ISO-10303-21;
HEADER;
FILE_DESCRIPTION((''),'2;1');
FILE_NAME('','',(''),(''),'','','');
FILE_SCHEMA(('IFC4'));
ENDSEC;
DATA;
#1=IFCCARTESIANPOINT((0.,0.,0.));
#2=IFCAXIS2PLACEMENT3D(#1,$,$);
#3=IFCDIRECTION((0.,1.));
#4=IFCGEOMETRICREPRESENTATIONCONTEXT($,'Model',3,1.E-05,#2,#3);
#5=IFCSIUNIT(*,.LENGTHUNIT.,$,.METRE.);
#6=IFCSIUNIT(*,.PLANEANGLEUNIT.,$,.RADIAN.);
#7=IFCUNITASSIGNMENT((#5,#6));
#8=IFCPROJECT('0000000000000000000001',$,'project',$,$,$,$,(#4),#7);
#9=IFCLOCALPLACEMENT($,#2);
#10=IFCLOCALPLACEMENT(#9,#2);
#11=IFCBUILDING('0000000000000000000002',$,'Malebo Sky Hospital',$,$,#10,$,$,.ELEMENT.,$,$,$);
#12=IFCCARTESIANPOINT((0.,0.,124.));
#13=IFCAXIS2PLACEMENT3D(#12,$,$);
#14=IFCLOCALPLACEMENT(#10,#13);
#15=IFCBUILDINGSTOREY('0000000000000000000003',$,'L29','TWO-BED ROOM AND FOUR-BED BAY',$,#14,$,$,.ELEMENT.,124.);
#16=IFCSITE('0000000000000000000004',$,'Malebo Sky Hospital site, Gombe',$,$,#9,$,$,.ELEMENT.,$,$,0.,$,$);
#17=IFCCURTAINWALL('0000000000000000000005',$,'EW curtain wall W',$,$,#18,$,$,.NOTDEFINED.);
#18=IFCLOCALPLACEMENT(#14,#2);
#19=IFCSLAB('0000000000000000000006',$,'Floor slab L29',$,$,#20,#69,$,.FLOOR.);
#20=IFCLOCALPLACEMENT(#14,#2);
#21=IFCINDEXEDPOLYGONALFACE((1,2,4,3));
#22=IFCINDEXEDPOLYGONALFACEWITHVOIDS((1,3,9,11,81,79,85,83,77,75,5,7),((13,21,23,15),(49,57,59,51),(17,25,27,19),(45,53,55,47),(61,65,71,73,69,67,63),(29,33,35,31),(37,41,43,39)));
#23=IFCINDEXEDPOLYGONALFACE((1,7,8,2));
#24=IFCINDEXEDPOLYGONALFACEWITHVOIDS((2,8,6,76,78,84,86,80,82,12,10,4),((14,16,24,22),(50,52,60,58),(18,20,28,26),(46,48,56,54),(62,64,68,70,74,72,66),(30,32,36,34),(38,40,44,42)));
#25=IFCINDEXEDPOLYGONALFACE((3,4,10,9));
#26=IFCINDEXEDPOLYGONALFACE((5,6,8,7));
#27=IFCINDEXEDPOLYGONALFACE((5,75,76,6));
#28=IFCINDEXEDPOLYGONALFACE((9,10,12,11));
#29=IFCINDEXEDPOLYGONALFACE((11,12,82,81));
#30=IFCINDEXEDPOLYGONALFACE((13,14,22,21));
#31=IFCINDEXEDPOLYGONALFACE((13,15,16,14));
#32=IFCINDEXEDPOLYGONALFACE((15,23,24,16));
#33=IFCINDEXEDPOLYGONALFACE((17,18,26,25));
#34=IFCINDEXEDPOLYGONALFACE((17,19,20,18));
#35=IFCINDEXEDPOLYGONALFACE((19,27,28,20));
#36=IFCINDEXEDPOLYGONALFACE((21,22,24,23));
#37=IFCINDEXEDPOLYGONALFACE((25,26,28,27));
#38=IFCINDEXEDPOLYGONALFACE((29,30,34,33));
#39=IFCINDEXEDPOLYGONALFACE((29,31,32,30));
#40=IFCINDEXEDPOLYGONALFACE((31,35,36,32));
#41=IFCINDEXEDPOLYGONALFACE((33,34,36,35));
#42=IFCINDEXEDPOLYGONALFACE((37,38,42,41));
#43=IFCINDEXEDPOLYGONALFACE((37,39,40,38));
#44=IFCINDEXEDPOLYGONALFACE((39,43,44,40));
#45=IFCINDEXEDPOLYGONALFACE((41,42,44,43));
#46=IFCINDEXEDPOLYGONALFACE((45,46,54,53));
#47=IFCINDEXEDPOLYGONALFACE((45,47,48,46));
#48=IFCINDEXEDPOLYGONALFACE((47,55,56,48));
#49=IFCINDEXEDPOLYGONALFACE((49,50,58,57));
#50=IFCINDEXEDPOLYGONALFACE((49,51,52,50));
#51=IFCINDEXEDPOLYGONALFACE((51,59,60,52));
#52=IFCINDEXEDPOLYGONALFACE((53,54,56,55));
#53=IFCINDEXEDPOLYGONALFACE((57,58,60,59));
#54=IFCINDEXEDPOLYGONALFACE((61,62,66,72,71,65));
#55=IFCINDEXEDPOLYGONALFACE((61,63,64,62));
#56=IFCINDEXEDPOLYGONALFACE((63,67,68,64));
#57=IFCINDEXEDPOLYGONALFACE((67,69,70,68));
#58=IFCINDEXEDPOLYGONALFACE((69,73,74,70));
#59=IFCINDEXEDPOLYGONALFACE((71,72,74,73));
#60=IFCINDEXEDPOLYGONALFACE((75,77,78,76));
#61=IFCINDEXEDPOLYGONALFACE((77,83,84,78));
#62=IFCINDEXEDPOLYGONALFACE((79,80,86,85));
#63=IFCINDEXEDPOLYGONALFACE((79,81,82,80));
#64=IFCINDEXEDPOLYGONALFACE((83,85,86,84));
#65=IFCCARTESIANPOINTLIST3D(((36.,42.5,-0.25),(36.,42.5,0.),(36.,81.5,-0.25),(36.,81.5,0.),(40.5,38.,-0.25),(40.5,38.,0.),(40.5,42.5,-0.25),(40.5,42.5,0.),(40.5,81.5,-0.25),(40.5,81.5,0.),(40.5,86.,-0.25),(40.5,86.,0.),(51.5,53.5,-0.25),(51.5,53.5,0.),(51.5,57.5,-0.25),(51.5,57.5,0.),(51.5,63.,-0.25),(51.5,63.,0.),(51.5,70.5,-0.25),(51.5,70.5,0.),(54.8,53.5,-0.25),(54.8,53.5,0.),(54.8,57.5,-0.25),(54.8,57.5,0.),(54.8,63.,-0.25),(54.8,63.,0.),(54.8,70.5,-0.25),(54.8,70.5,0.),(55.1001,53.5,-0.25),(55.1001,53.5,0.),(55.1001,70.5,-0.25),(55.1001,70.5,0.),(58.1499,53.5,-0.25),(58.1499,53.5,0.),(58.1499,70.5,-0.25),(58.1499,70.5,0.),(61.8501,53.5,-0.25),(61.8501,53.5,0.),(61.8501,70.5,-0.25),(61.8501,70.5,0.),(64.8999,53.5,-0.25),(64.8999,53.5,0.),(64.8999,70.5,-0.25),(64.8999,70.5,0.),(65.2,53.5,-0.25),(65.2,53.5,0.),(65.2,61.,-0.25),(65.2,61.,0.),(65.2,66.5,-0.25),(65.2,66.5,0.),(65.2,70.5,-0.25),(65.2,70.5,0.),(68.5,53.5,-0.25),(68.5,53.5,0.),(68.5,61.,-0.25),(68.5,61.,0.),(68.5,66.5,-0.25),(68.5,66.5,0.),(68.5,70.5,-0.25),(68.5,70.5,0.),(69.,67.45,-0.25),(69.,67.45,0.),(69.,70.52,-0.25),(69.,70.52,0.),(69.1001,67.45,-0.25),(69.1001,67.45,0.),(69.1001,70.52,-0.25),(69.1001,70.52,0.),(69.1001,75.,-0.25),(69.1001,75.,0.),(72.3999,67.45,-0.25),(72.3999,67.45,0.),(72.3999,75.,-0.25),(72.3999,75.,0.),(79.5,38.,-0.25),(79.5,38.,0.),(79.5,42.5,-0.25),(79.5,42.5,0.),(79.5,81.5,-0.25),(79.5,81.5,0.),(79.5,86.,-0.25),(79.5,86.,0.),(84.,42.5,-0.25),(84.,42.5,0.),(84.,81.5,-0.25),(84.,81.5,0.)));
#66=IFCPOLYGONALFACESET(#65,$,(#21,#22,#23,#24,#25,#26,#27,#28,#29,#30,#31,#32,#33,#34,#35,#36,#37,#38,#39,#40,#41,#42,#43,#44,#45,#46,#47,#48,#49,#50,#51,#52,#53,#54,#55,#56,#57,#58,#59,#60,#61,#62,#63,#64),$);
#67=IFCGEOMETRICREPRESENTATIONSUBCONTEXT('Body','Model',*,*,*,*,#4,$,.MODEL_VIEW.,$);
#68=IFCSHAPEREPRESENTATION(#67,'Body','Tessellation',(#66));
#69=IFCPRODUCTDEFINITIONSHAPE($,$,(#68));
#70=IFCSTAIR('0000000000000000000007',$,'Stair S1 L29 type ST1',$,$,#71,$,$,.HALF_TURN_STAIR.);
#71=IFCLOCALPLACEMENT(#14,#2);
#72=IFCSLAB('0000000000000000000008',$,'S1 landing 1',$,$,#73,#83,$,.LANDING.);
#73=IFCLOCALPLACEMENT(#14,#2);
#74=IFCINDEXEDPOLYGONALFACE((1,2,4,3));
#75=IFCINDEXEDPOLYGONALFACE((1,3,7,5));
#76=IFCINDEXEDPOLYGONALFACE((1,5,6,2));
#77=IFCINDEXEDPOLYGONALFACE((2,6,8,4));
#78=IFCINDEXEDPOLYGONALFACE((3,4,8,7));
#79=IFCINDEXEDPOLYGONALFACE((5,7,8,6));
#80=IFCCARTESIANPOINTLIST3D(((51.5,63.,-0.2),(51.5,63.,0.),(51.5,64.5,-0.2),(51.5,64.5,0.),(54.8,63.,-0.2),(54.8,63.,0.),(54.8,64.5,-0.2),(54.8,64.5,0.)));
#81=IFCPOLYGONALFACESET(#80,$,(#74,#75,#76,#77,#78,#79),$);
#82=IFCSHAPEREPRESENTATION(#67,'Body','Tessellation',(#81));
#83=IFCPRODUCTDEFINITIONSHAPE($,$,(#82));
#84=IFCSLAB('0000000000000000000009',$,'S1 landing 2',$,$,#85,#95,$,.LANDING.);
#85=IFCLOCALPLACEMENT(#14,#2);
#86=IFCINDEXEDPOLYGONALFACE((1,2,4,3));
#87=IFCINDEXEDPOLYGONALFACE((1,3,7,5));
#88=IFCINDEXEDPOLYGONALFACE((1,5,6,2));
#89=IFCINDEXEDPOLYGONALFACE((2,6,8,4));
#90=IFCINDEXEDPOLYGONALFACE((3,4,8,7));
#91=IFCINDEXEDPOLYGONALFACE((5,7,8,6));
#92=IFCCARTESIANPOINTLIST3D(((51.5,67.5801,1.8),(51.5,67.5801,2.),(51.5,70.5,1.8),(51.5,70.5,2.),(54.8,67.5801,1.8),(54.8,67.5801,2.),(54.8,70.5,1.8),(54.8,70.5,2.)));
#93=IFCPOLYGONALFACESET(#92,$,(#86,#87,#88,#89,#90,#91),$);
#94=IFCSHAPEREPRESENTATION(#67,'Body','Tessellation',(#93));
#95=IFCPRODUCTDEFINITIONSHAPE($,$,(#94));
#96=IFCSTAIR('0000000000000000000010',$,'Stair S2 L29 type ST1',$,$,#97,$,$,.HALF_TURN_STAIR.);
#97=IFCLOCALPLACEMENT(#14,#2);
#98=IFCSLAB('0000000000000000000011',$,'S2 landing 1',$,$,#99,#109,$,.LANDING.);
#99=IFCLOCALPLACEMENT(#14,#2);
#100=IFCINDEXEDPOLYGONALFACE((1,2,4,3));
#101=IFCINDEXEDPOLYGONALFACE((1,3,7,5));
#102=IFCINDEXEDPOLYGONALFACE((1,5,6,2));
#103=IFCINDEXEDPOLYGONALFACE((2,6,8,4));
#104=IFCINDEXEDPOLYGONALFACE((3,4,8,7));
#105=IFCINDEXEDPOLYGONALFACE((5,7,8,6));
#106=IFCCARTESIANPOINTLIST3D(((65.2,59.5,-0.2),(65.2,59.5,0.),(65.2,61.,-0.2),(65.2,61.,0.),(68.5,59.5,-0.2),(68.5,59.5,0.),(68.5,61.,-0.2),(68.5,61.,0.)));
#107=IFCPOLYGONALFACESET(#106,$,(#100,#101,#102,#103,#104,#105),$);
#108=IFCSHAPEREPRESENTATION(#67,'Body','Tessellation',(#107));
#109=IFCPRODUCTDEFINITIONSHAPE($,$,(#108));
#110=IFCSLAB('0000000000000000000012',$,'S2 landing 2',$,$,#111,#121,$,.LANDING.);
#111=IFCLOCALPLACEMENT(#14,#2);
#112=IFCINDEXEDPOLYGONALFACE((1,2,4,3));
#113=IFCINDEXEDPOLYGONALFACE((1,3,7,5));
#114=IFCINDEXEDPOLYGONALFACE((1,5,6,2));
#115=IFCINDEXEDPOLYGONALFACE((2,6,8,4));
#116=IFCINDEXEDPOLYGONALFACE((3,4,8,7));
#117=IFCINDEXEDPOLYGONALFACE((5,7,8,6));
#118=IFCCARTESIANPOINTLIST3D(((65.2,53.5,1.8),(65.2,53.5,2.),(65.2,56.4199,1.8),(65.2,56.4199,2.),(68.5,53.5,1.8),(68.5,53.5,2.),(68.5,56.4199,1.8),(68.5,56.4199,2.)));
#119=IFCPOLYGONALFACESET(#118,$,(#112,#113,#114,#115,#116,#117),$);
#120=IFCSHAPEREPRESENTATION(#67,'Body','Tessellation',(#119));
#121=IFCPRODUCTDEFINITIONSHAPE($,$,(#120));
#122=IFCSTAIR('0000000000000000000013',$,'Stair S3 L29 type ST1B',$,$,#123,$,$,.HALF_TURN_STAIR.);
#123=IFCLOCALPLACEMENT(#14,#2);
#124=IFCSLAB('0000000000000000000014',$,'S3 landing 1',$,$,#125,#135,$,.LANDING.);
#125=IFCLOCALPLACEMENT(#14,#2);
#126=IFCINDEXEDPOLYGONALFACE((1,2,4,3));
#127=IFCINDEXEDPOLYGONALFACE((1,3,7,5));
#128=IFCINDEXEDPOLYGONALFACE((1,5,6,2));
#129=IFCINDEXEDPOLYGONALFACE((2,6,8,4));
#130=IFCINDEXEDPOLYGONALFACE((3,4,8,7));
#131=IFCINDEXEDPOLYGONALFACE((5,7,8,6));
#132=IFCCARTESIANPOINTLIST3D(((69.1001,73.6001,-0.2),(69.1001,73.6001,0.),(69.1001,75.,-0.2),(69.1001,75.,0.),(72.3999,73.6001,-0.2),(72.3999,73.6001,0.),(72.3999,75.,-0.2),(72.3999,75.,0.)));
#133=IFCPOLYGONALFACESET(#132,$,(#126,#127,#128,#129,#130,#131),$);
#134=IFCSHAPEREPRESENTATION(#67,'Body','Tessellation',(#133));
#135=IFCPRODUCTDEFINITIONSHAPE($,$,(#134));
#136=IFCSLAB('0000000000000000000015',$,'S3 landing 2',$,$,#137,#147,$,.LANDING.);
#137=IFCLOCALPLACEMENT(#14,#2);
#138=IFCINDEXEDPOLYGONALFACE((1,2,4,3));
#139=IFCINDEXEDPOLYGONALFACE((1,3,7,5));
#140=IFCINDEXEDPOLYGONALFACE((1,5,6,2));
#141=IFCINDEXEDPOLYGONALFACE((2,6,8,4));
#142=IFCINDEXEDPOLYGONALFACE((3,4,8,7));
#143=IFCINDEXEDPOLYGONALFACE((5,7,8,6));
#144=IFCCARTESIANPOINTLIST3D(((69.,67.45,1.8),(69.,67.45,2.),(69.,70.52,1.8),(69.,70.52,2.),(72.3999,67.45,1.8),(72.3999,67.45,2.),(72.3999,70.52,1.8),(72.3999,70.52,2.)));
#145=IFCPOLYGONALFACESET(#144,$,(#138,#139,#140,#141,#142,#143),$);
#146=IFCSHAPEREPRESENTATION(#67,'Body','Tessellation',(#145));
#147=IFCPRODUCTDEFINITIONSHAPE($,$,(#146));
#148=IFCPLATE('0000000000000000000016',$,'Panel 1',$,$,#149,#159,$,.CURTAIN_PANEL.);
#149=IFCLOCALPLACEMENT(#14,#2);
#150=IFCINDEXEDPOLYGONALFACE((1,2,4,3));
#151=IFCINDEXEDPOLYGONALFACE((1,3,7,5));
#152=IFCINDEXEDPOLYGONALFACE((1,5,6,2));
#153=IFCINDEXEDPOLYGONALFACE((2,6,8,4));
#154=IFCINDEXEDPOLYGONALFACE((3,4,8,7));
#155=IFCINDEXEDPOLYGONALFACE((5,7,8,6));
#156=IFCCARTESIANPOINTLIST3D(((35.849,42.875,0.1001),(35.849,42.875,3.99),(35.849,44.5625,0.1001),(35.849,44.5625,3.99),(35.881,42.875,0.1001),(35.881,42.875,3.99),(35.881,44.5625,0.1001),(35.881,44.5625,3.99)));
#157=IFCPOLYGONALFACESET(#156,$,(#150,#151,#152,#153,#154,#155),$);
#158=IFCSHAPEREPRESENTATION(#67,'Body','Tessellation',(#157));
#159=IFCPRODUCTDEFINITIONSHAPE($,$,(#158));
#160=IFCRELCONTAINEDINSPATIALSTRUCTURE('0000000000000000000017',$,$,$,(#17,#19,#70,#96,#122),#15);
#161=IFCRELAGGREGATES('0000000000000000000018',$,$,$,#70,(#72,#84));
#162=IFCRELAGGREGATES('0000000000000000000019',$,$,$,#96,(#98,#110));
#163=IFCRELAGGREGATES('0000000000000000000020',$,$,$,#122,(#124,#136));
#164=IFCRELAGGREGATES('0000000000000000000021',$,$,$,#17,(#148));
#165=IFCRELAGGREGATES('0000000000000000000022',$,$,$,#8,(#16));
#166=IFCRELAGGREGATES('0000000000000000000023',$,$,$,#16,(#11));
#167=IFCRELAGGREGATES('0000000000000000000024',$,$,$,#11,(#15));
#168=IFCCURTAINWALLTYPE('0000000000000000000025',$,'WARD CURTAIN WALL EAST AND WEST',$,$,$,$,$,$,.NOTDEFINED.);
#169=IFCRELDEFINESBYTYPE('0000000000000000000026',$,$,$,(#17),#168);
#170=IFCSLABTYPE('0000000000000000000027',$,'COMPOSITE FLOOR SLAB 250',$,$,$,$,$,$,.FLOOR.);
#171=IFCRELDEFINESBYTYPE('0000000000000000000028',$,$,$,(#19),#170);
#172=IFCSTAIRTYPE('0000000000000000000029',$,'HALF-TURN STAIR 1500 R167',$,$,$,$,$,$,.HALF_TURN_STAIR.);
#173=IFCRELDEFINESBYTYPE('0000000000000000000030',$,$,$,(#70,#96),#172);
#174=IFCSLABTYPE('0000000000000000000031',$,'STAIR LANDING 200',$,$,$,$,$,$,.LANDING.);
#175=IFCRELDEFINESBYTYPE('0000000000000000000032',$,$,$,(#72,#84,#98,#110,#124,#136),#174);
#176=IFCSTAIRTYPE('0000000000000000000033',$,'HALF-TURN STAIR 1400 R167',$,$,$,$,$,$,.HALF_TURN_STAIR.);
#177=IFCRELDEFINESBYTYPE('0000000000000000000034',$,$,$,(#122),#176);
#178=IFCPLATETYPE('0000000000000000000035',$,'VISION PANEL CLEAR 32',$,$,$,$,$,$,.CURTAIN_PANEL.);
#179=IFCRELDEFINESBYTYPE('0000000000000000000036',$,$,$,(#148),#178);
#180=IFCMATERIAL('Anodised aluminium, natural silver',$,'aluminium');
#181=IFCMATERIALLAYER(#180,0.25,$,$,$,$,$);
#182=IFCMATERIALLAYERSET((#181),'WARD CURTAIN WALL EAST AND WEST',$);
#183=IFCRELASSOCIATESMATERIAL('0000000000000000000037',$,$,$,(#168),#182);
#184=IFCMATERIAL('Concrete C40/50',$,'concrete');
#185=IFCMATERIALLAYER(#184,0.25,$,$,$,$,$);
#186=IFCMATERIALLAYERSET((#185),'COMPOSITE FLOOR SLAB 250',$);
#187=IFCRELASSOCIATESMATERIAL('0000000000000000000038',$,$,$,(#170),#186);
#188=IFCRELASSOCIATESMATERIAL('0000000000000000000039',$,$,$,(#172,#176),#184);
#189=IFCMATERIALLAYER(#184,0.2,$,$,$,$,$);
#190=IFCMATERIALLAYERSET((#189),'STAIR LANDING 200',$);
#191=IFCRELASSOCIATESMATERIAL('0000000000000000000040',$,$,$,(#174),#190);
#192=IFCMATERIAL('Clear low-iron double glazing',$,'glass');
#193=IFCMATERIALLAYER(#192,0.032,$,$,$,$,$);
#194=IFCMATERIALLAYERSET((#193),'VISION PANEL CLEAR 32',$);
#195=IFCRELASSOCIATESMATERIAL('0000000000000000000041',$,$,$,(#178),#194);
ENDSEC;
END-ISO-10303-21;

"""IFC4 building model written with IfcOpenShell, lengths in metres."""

from ifc_helpers import new_model, si_unit, direction, frame, origin, origin_2d, place, context, subcontext, project, spatial, polyline, rectangle, outline, extrude, material, layer, layer_set, type_object, element, aggregate, save


model = new_model("IFC4")

# Units and contexts
model_context = context("Model", 3, precision=1e-05, world=origin(), true_north=direction((0.0, 1.0)))
body_context = subcontext(model_context, "Body", "Model", "MODEL_VIEW")
ifc_project = project(units=[si_unit("LENGTHUNIT", "METRE"), si_unit("PLANEANGLEUNIT", "RADIAN")], contexts=[model_context])

# Site, building, storey
site_placement = place(None, origin())
site = spatial("IfcSite", under=ifc_project, at=site_placement, Name="Malebo Sky Hospital site, Gombe", CompositionType="ELEMENT", RefElevation=0.0)
building_placement = place(site_placement, origin())
building = spatial("IfcBuilding", under=site, at=building_placement, Name="Malebo Sky Hospital", CompositionType="ELEMENT")
storey_placement = place(building_placement, frame((0.0, 0.0, 124.0)))
storey = spatial("IfcBuildingStorey", under=building, at=storey_placement, Name="L29", Description="TWO-BED ROOM AND FOUR-BED BAY", CompositionType="ELEMENT", Elevation=124.0)

# Curtain wall
ifc_material_1 = material(Name="Anodised aluminium, natural silver", Category="aluminium")
ifc_layer_1 = layer(ifc_material_1, 0.25)
ifc_layer_set_1 = layer_set([ifc_layer_1], Name="WARD CURTAIN WALL EAST AND WEST")
curtain_wall_type = type_object("IfcCurtainWallType", Name="WARD CURTAIN WALL EAST AND WEST", PredefinedType="NOTDEFINED", material=ifc_layer_set_1)
curtain_wall_placement = place(storey_placement, origin())
curtain_wall = element("IfcCurtainWall", 1, at=curtain_wall_placement, inside=storey, type_object=curtain_wall_type, Name="EW curtain wall W", PredefinedType="NOTDEFINED")

# Slab
ifc_material_2 = material(Name="Concrete C40/50", Category="concrete")
ifc_layer_2 = layer(ifc_material_2, 0.25)
ifc_layer_set_2 = layer_set([ifc_layer_2], Name="COMPOSITE FLOOR SLAB 250")
slab_type_1 = type_object("IfcSlabType", Name="COMPOSITE FLOOR SLAB 250", PredefinedType="FLOOR", material=ifc_layer_set_2)
slab_1_placement = place(storey_placement, frame((0.0, 0.0, -0.25)))
element("IfcSlab", 2, at=slab_1_placement, inside=storey, type_object=slab_type_1, Name="Floor slab L29", PredefinedType="FLOOR", context=body_context, shape_type="SweptSolid", body=[
    extrude(outline(polyline([(40.5, 86.0), (40.5, 81.5), (36.0, 81.5), (36.0, 42.5), (40.5, 42.5), (40.5, 38.0), (79.5, 38.0), (79.5, 42.5), (84.0, 42.5), (84.0, 81.5), (79.5, 81.5), (79.5, 86.0), (40.5, 86.0)]), holes=[polyline([(55.1001, 70.5), (58.1499, 70.5), (58.1499, 53.5), (55.1001, 53.5), (55.1001, 70.5)]), polyline([(64.8999, 70.5), (64.8999, 53.5), (61.8501, 53.5), (61.8501, 70.5), (64.8999, 70.5)]), polyline([(54.8, 63.0), (51.5, 63.0), (51.5, 70.5), (54.8, 70.5), (54.8, 63.0)]), polyline([(51.5, 53.5), (51.5, 57.5), (54.8, 57.5), (54.8, 53.5), (51.5, 53.5)]), polyline([(65.2, 61.0), (68.5, 61.0), (68.5, 53.5), (65.2, 53.5), (65.2, 61.0)]), polyline([(68.5, 70.5), (68.5, 66.5), (65.2, 66.5), (65.2, 70.5), (68.5, 70.5)]), polyline([(69.0, 67.45), (69.0, 70.52), (69.1001, 70.52), (69.1001, 75.0), (72.3999, 75.0), (72.3999, 67.45), (69.1001, 67.45), (69.0, 67.45)])]), origin(), (0.0, 0.0, 1.0), 0.25),
])

# Stairs, slabs
stair_type_1 = type_object("IfcStairType", Name="HALF-TURN STAIR 1500 R167", PredefinedType="HALF_TURN_STAIR", material=ifc_material_2)
stair_1_placement = place(storey_placement, origin())
stair_1 = element("IfcStair", 3, at=stair_1_placement, inside=storey, type_object=stair_type_1, Name="Stair S1 L29 type ST1", PredefinedType="HALF_TURN_STAIR")
ifc_layer_3 = layer(ifc_material_2, 0.2)
ifc_layer_set_3 = layer_set([ifc_layer_3], Name="STAIR LANDING 200")
slab_type_2 = type_object("IfcSlabType", Name="STAIR LANDING 200", PredefinedType="LANDING", material=ifc_layer_set_3)
slab_2_placement = place(storey_placement, frame((0.0, 0.0, -0.2)))
slab_2 = element("IfcSlab", 4, at=slab_2_placement, type_object=slab_type_2, Name="S1 landing 1", PredefinedType="LANDING", context=body_context, shape_type="SweptSolid", body=[
    extrude(outline(polyline([(51.5, 63.0), (54.8, 63.0), (54.8, 64.5), (51.5, 64.5), (51.5, 63.0)])), origin(), (0.0, 0.0, 1.0), 0.2),
])
slab_3_placement = place(storey_placement, frame((0.0, 0.0, 1.8)))
slab_3 = element("IfcSlab", 5, at=slab_3_placement, type_object=slab_type_2, Name="S1 landing 2", PredefinedType="LANDING", context=body_context, shape_type="SweptSolid", body=[
    extrude(outline(polyline([(51.5, 67.5801), (54.8, 67.5801), (54.8, 70.5), (51.5, 70.5), (51.5, 67.5801)])), origin(), (0.0, 0.0, 1.0), 0.2),
])
aggregate(stair_1, [slab_2, slab_3])
stair_2_placement = place(storey_placement, origin())
stair_2 = element("IfcStair", 6, at=stair_2_placement, inside=storey, type_object=stair_type_1, Name="Stair S2 L29 type ST1", PredefinedType="HALF_TURN_STAIR")
slab_4_placement = place(storey_placement, frame((0.0, 0.0, -0.2)))
slab_4 = element("IfcSlab", 7, at=slab_4_placement, type_object=slab_type_2, Name="S2 landing 1", PredefinedType="LANDING", context=body_context, shape_type="SweptSolid", body=[
    extrude(outline(polyline([(65.2, 59.5), (68.5, 59.5), (68.5, 61.0), (65.2, 61.0), (65.2, 59.5)])), origin(), (0.0, 0.0, 1.0), 0.2),
])
slab_5_placement = place(storey_placement, frame((0.0, 0.0, 1.8)))
slab_5 = element("IfcSlab", 8, at=slab_5_placement, type_object=slab_type_2, Name="S2 landing 2", PredefinedType="LANDING", context=body_context, shape_type="SweptSolid", body=[
    extrude(outline(polyline([(65.2, 53.5), (68.5, 53.5), (68.5, 56.4199), (65.2, 56.4199), (65.2, 53.5)])), origin(), (0.0, 0.0, 1.0), 0.2),
])
aggregate(stair_2, [slab_4, slab_5])
stair_type_2 = type_object("IfcStairType", Name="HALF-TURN STAIR 1400 R167", PredefinedType="HALF_TURN_STAIR", material=ifc_material_2)
stair_3_placement = place(storey_placement, origin())
stair_3 = element("IfcStair", 9, at=stair_3_placement, inside=storey, type_object=stair_type_2, Name="Stair S3 L29 type ST1B", PredefinedType="HALF_TURN_STAIR")
slab_6_placement = place(storey_placement, frame((0.0, 0.0, -0.2)))
slab_6 = element("IfcSlab", 10, at=slab_6_placement, type_object=slab_type_2, Name="S3 landing 1", PredefinedType="LANDING", context=body_context, shape_type="SweptSolid", body=[
    extrude(outline(polyline([(69.1001, 73.6001), (72.3999, 73.6001), (72.3999, 75.0), (69.1001, 75.0), (69.1001, 73.6001)])), origin(), (0.0, 0.0, 1.0), 0.2),
])
slab_7_placement = place(storey_placement, frame((0.0, 0.0, 1.8)))
slab_7 = element("IfcSlab", 11, at=slab_7_placement, type_object=slab_type_2, Name="S3 landing 2", PredefinedType="LANDING", context=body_context, shape_type="SweptSolid", body=[
    extrude(outline(polyline([(69.0, 67.45), (72.3999, 67.45), (72.3999, 70.52), (69.0, 70.52), (69.0, 67.45)])), origin(), (0.0, 0.0, 1.0), 0.2),
])
aggregate(stair_3, [slab_6, slab_7])

# Plate
ifc_material_3 = material(Name="Clear low-iron double glazing", Category="glass")
ifc_layer_4 = layer(ifc_material_3, 0.032)
ifc_layer_set_4 = layer_set([ifc_layer_4], Name="VISION PANEL CLEAR 32")
plate_type = type_object("IfcPlateType", Name="VISION PANEL CLEAR 32", PredefinedType="CURTAIN_PANEL", material=ifc_layer_set_4)
plate_placement = place(storey_placement, frame((35.865, 43.7188, 0.1001), z_axis=(0.0, 0.0, 1.0), x_axis=(0.0, 1.0, 0.0)))
plate = element("IfcPlate", 12, at=plate_placement, type_object=plate_type, Name="Panel 1", PredefinedType="CURTAIN_PANEL", context=body_context, shape_type="SweptSolid", body=[
    extrude(rectangle(XDim=1.6875, YDim=0.032, at=origin_2d()), origin(), (0.0, 0.0, 1.0), 3.8899),
])
aggregate(curtain_wall, [plate])

save(model, "model.ifc")
